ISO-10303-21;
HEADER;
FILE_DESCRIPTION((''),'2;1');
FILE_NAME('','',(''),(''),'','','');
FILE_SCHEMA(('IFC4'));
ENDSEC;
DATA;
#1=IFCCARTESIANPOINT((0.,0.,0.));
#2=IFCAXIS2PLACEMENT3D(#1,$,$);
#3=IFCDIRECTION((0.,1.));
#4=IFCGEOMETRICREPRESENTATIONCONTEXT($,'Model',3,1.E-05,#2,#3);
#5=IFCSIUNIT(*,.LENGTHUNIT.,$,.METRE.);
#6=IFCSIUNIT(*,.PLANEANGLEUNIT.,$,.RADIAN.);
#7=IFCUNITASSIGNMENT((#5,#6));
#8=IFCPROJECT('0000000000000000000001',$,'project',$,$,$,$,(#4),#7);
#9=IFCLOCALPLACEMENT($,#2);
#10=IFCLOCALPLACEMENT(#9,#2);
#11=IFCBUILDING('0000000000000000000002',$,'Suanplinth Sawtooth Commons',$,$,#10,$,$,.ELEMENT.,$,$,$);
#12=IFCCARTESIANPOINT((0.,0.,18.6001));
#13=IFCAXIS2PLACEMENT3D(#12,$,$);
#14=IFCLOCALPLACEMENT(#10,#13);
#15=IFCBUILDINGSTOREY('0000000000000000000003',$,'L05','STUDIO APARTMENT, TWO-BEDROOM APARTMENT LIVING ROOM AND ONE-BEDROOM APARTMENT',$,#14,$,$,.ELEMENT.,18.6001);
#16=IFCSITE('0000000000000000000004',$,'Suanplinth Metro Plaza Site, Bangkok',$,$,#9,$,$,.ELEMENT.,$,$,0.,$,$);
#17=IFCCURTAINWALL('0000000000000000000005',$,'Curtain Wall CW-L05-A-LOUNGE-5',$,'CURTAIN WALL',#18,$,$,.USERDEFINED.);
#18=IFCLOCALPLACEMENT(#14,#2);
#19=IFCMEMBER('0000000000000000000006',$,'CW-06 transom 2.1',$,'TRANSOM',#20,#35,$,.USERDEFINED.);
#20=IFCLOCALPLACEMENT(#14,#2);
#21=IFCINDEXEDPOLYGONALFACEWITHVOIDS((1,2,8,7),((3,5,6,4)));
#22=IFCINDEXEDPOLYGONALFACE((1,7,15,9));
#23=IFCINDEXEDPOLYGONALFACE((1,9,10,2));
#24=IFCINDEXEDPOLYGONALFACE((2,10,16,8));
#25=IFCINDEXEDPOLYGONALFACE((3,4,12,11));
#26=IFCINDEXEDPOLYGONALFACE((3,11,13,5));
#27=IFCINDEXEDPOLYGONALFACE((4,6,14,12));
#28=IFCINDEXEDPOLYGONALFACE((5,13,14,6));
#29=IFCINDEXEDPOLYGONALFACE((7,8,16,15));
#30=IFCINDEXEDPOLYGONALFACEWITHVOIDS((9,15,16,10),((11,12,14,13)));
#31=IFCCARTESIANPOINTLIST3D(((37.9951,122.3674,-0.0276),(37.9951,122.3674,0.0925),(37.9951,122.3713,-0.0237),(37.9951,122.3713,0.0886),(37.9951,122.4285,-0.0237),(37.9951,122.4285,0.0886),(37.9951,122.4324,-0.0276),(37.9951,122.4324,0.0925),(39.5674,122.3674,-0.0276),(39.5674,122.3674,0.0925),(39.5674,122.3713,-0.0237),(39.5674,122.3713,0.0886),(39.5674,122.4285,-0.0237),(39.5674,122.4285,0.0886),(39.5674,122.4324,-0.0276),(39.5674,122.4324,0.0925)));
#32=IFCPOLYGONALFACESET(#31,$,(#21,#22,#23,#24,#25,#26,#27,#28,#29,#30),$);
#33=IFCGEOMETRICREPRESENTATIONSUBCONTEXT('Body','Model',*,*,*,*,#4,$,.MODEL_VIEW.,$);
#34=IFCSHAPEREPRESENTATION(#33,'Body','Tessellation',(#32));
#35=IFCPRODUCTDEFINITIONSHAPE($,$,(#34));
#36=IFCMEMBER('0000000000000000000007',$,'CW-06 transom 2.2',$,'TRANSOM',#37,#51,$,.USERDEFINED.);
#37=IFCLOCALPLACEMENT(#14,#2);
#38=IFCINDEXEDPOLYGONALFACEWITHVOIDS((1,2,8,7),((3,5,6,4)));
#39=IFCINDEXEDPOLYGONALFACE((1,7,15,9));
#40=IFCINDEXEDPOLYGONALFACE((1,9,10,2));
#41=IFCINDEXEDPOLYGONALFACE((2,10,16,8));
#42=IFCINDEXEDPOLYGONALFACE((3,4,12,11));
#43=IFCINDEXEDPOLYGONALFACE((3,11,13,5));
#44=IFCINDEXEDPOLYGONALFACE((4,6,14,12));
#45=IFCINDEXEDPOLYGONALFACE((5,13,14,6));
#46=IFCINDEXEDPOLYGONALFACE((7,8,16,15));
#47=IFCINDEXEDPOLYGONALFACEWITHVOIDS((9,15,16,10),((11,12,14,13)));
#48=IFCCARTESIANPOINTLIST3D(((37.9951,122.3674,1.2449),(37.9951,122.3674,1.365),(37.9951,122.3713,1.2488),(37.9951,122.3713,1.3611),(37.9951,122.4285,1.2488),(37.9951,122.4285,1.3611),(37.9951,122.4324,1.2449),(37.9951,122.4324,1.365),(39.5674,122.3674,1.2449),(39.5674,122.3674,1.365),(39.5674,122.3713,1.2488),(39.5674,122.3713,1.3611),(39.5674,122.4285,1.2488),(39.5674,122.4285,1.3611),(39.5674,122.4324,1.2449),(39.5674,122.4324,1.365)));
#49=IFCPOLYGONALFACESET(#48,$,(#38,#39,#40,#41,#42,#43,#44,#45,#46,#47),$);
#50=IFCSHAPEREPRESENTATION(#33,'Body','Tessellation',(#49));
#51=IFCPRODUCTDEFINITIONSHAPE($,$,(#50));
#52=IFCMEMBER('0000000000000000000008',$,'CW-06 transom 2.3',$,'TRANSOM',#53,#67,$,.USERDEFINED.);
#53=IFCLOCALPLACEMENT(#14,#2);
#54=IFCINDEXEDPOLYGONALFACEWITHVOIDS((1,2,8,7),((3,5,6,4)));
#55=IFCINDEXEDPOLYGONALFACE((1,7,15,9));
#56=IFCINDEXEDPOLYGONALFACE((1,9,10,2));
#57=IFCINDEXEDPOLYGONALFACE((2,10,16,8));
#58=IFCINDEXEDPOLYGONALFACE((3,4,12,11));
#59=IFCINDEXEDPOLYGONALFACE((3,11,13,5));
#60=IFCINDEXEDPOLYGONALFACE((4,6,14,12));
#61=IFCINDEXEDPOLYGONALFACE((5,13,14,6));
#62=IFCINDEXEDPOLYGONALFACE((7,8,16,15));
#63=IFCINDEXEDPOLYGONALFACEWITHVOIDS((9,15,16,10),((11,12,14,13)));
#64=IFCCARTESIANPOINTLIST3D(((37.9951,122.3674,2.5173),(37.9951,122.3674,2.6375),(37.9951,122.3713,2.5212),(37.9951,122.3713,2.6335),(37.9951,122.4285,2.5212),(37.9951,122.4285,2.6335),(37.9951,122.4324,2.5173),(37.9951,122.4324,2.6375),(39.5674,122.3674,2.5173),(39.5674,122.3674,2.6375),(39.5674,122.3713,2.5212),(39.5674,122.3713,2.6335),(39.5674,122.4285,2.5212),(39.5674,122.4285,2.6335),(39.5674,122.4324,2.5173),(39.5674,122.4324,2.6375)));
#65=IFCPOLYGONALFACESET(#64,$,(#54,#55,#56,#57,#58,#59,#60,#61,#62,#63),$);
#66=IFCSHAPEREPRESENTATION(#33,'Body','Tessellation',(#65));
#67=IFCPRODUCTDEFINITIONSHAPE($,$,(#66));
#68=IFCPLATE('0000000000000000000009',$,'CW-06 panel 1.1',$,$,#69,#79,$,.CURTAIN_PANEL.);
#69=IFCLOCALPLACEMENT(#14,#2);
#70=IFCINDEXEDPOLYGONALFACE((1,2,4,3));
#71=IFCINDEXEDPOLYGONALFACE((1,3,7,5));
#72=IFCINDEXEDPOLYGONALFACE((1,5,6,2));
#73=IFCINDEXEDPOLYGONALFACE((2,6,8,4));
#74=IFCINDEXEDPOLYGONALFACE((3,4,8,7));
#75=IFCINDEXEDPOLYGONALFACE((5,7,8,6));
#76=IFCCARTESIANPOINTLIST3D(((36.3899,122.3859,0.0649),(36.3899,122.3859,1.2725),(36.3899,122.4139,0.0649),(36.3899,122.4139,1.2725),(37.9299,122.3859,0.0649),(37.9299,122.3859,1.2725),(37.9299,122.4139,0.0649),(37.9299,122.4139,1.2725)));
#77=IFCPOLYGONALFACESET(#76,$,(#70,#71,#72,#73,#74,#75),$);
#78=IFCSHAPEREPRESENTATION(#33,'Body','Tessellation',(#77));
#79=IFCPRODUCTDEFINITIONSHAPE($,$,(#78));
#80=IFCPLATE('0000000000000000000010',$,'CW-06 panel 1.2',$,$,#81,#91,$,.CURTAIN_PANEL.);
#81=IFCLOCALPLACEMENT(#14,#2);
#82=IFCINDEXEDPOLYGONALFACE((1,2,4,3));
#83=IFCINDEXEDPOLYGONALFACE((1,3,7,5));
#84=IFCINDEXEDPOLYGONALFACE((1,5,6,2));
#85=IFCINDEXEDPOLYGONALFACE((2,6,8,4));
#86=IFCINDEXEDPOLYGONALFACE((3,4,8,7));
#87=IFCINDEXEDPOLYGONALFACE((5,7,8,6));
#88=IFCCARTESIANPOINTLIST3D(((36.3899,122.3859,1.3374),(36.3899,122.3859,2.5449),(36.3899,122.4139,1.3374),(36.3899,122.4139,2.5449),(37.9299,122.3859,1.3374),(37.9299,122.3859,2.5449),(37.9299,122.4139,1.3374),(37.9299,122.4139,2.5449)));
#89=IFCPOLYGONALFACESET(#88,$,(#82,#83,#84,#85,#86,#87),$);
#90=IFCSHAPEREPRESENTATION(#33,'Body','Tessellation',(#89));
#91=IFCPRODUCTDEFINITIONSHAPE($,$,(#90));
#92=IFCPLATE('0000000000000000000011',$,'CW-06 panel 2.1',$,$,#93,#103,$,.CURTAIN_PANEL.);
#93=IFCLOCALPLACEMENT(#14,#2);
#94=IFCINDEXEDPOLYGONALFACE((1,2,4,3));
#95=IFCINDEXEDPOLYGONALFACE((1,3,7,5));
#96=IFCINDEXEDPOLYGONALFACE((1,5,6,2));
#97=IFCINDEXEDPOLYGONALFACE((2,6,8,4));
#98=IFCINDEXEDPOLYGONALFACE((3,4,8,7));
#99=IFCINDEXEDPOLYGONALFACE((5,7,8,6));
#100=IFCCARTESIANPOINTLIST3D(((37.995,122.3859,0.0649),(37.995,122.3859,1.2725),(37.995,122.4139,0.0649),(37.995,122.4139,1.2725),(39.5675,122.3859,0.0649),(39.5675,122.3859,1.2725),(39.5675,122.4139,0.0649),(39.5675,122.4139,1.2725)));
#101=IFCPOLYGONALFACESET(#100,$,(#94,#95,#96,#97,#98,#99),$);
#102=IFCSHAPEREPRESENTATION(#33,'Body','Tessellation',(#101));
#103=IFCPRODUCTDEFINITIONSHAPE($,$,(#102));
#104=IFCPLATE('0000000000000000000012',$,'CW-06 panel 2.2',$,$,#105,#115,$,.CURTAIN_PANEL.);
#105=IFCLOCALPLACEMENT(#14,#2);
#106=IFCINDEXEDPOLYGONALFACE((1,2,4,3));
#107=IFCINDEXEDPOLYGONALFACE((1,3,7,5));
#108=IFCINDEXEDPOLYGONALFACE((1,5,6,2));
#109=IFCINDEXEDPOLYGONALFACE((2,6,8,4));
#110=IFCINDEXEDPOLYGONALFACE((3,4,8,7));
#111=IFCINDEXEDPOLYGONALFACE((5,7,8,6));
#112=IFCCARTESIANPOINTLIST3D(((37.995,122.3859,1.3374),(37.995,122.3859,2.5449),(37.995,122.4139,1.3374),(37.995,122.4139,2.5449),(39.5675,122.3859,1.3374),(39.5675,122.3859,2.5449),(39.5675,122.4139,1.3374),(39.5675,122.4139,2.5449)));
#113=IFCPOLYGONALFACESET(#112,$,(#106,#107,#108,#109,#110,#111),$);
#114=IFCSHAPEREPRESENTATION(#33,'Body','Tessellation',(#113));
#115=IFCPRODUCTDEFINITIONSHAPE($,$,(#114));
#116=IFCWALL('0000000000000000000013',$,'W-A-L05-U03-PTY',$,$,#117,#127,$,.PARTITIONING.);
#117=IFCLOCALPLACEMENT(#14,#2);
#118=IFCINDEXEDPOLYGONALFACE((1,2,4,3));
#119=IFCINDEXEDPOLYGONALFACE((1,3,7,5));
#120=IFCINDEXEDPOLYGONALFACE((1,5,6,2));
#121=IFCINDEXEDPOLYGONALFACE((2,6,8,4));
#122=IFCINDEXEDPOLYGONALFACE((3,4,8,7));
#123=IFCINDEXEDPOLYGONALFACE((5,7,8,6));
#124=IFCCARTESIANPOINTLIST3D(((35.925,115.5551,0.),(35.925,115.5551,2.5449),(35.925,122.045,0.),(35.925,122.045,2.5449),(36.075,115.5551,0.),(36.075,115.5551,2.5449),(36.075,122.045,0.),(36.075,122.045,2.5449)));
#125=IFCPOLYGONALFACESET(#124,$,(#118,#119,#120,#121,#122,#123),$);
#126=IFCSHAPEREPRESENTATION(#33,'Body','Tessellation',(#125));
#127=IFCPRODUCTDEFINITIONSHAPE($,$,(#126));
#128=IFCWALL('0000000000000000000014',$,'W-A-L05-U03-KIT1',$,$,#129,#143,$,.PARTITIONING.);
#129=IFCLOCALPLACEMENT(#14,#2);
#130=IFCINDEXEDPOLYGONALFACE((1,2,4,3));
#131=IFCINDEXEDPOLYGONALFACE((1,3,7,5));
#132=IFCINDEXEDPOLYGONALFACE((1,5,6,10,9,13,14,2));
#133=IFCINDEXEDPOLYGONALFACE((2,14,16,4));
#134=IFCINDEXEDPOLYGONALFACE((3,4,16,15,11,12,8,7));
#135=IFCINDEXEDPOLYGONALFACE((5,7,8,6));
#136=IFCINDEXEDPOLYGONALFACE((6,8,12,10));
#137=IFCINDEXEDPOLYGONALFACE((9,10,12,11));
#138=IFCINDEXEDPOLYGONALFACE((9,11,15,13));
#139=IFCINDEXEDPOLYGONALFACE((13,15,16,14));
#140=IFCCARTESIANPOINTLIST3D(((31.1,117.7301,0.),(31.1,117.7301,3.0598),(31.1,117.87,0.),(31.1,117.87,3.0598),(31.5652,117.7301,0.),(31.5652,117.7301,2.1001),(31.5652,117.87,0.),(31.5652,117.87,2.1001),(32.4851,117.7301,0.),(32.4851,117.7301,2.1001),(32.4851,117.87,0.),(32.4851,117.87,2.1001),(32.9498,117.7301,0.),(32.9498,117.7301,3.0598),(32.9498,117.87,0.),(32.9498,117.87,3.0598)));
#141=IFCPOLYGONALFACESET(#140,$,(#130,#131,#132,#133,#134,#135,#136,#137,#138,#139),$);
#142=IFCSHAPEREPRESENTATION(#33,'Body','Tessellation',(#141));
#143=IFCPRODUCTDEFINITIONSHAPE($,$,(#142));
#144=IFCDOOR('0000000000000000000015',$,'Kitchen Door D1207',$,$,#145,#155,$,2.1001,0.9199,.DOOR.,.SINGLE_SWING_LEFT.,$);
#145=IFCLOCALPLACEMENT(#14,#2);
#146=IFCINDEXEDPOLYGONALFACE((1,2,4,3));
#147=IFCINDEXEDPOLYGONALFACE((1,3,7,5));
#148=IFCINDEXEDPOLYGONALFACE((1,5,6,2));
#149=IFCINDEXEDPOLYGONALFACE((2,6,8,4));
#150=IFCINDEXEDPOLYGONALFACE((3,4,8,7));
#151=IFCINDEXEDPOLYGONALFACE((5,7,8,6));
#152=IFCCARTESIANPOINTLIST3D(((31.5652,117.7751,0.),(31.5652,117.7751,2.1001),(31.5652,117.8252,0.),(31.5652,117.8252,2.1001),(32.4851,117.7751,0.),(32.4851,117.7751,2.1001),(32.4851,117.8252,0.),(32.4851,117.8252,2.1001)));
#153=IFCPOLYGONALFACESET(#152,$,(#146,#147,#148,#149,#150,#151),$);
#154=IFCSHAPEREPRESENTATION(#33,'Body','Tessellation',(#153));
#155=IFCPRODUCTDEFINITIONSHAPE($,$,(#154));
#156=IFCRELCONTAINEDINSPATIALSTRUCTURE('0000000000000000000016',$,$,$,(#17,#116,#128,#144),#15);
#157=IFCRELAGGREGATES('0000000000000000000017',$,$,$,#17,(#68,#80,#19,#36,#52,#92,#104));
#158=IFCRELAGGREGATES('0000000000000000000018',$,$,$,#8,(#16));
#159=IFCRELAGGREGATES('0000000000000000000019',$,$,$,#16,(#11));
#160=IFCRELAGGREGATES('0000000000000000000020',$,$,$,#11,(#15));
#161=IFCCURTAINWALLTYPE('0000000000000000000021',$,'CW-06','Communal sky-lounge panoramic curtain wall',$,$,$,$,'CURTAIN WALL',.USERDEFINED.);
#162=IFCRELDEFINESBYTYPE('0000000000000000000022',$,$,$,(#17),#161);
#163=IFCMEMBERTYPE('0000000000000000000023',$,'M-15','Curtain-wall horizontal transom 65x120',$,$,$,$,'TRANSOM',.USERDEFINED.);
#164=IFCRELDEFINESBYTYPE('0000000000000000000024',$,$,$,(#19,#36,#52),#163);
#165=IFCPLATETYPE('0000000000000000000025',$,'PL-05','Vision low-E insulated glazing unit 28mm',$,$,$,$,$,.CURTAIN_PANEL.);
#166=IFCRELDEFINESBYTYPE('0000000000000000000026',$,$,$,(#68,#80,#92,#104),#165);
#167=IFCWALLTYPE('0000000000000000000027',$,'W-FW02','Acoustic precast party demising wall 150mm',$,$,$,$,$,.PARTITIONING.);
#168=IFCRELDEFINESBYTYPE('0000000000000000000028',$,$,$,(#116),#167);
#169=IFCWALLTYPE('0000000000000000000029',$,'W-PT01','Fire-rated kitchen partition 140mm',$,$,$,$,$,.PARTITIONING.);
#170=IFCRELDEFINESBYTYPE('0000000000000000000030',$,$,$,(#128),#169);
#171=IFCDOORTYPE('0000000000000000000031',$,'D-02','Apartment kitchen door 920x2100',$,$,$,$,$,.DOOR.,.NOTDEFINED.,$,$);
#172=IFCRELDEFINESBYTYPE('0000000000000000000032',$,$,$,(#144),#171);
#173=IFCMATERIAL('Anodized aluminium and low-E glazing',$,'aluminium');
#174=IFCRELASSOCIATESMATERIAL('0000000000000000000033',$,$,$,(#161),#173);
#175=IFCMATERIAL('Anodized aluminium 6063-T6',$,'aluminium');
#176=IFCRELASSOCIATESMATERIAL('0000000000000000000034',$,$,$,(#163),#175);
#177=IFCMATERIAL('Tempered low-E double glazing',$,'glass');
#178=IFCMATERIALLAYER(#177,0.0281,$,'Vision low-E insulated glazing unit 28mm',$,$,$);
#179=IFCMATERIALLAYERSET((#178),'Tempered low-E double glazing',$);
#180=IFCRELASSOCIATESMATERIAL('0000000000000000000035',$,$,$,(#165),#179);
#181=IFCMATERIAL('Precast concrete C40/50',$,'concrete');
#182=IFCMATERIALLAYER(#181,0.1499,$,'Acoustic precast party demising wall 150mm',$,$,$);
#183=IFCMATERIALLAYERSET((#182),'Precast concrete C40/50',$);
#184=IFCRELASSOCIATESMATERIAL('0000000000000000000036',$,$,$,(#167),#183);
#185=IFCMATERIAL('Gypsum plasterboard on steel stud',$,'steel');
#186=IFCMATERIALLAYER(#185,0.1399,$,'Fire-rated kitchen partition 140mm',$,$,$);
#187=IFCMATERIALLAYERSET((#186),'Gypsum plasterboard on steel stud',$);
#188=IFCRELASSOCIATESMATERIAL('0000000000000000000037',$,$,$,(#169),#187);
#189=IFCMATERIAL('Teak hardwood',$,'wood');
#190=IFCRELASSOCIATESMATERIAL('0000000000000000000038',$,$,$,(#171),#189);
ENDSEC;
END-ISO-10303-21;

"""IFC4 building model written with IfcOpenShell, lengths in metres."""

from ifc_helpers import new_model, si_unit, direction, frame, frame_2d, origin, origin_2d, place, context, subcontext, project, spatial, rectangle, hollow_rectangle, extrude, material, layer, layer_set, material_profile, profile_set, type_object, element, fill, aggregate, save


model = new_model("IFC4")

# Units and contexts
model_context = context("Model", 3, precision=1e-05, world=origin(), true_north=direction((0.0, 1.0)))
body_context = subcontext(model_context, "Body", "Model", "MODEL_VIEW")
ifc_project = project(units=[si_unit("LENGTHUNIT", "METRE"), si_unit("PLANEANGLEUNIT", "RADIAN")], contexts=[model_context])

# Site, building, storey
site_placement = place(None, origin())
site = spatial("IfcSite", under=ifc_project, at=site_placement, Name="Suanplinth Metro Plaza Site, Bangkok", CompositionType="ELEMENT", RefElevation=0.0)
building_placement = place(site_placement, origin())
building = spatial("IfcBuilding", under=site, at=building_placement, Name="Suanplinth Sawtooth Commons", CompositionType="ELEMENT")
storey_placement = place(building_placement, frame((0.0, 0.0, 18.6001)))
storey = spatial("IfcBuildingStorey", under=building, at=storey_placement, Name="L05", Description="STUDIO APARTMENT, TWO-BEDROOM APARTMENT LIVING ROOM AND ONE-BEDROOM APARTMENT", CompositionType="ELEMENT", Elevation=18.6001)

# Shared definitions
ifc_material_1 = material(Name="Precast concrete C40/50", Category="concrete")

# Curtain wall, members, plates
ifc_material_2 = material(Name="Anodized aluminium and low-E glazing", Category="aluminium")
curtain_wall_type = type_object("IfcCurtainWallType", Name="CW-06", Description="Communal sky-lounge panoramic curtain wall", ElementType="CURTAIN WALL", PredefinedType="USERDEFINED", material=ifc_material_2)
curtain_wall_placement = place(storey_placement, origin())
curtain_wall = element("IfcCurtainWall", 1, at=curtain_wall_placement, inside=storey, type_object=curtain_wall_type, Name="Curtain Wall CW-L05-A-LOUNGE-5", ObjectType="CURTAIN WALL", PredefinedType="USERDEFINED")
ifc_material_3 = material(Name="Anodized aluminium 6063-T6", Category="aluminium")
ifc_material_profile_1 = material_profile(ifc_material_3, hollow_rectangle(XDim=0.0649, YDim=0.1201, WallThickness=0.0039, at=origin_2d()), Name="ALU-TRN 65x120")
ifc_profile_set_1 = profile_set([ifc_material_profile_1], Name="Anodized aluminium 6063-T6")
member_type_1 = type_object("IfcMemberType", Name="M-15", Description="Curtain-wall horizontal transom 65x120", ElementType="TRANSOM", PredefinedType="USERDEFINED", material=ifc_profile_set_1)
member_1_placement = place(storey_placement, frame((37.9951, 122.3999, 0.0325), z_axis=(1.0, 0.0, 0.0), x_axis=(0.0, 1.0, 0.0)))
member_1 = element("IfcMember", 2, at=member_1_placement, type_object=member_type_1, Name="CW-06 transom 2.1", ObjectType="TRANSOM", PredefinedType="USERDEFINED", context=body_context, shape_type="SweptSolid", body=[
    extrude(hollow_rectangle(XDim=0.0649, YDim=0.1201, WallThickness=0.0039, at=origin_2d()), origin(), (0.0, 0.0, 1.0), 1.5723),
])
member_2_placement = place(storey_placement, frame((37.9951, 122.3999, 1.3049), z_axis=(1.0, 0.0, 0.0), x_axis=(0.0, 1.0, 0.0)))
member_2 = element("IfcMember", 3, at=member_2_placement, type_object=member_type_1, Name="CW-06 transom 2.2", ObjectType="TRANSOM", PredefinedType="USERDEFINED", context=body_context, shape_type="SweptSolid", body=[
    extrude(hollow_rectangle(XDim=0.0649, YDim=0.1201, WallThickness=0.0039, at=origin_2d()), origin(), (0.0, 0.0, 1.0), 1.5723),
])
member_3_placement = place(storey_placement, frame((37.9951, 122.3999, 2.5774), z_axis=(1.0, 0.0, 0.0), x_axis=(0.0, 1.0, 0.0)))
member_3 = element("IfcMember", 4, at=member_3_placement, type_object=member_type_1, Name="CW-06 transom 2.3", ObjectType="TRANSOM", PredefinedType="USERDEFINED", context=body_context, shape_type="SweptSolid", body=[
    extrude(hollow_rectangle(XDim=0.0649, YDim=0.1201, WallThickness=0.0039, at=origin_2d()), origin(), (0.0, 0.0, 1.0), 1.5723),
])
ifc_material_4 = material(Name="Tempered low-E double glazing", Category="glass")
ifc_layer_1 = layer(ifc_material_4, 0.0281, Name="Vision low-E insulated glazing unit 28mm")
ifc_layer_set_1 = layer_set([ifc_layer_1], Name="Tempered low-E double glazing")
plate_type = type_object("IfcPlateType", Name="PL-05", Description="Vision low-E insulated glazing unit 28mm", PredefinedType="CURTAIN_PANEL", material=ifc_layer_set_1)
plate_1_placement = place(storey_placement, frame((37.1599, 122.3999, 0.0649), z_axis=(0.0, 0.0, 1.0), x_axis=(1.0, 0.0, 0.0)))
plate_1 = element("IfcPlate", 5, at=plate_1_placement, type_object=plate_type, Name="CW-06 panel 1.1", PredefinedType="CURTAIN_PANEL", context=body_context, shape_type="SweptSolid", body=[
    extrude(rectangle(XDim=1.54, YDim=0.0281, at=origin_2d()), origin(), (0.0, 0.0, 1.0), 1.2075),
])
plate_2_placement = place(storey_placement, frame((37.1599, 122.3999, 1.3374), z_axis=(0.0, 0.0, 1.0), x_axis=(1.0, 0.0, 0.0)))
plate_2 = element("IfcPlate", 6, at=plate_2_placement, type_object=plate_type, Name="CW-06 panel 1.2", PredefinedType="CURTAIN_PANEL", context=body_context, shape_type="SweptSolid", body=[
    extrude(rectangle(XDim=1.54, YDim=0.0281, at=origin_2d()), origin(), (0.0, 0.0, 1.0), 1.2075),
])
plate_3_placement = place(storey_placement, frame((38.7812, 122.3999, 0.0649), z_axis=(0.0, 0.0, 1.0), x_axis=(1.0, 0.0, 0.0)))
plate_3 = element("IfcPlate", 7, at=plate_3_placement, type_object=plate_type, Name="CW-06 panel 2.1", PredefinedType="CURTAIN_PANEL", context=body_context, shape_type="SweptSolid", body=[
    extrude(rectangle(XDim=1.5725, YDim=0.0281, at=origin_2d()), origin(), (0.0, 0.0, 1.0), 1.2075),
])
plate_4_placement = place(storey_placement, frame((38.7812, 122.3999, 1.3374), z_axis=(0.0, 0.0, 1.0), x_axis=(1.0, 0.0, 0.0)))
plate_4 = element("IfcPlate", 8, at=plate_4_placement, type_object=plate_type, Name="CW-06 panel 2.2", PredefinedType="CURTAIN_PANEL", context=body_context, shape_type="SweptSolid", body=[
    extrude(rectangle(XDim=1.5725, YDim=0.0281, at=origin_2d()), origin(), (0.0, 0.0, 1.0), 1.2075),
])
aggregate(curtain_wall, [plate_1, plate_2, member_1, member_2, member_3, plate_3, plate_4])

# Wall
ifc_layer_2 = layer(ifc_material_1, 0.1499, Name="Acoustic precast party demising wall 150mm")
ifc_layer_set_2 = layer_set([ifc_layer_2], Name="Precast concrete C40/50")
wall_type_1 = type_object("IfcWallType", Name="W-FW02", Description="Acoustic precast party demising wall 150mm", PredefinedType="PARTITIONING", material=ifc_layer_set_2)
wall_1_placement = place(storey_placement, frame((36.0, 115.5549, 0.0), z_axis=(0.0, 0.0, 1.0), x_axis=(0.0, 1.0, 0.0)))
element("IfcWall", 9, at=wall_1_placement, inside=storey, type_object=wall_type_1, Name="W-A-L05-U03-PTY", PredefinedType="PARTITIONING", context=body_context, shape_type="SweptSolid", body=[
    extrude(rectangle(XDim=6.49, YDim=0.1499, at=frame_2d((3.2451, 0.0))), origin(), (0.0, 0.0, 1.0), 2.5449),
])

# Wall, opening, door
ifc_material_5 = material(Name="Gypsum plasterboard on steel stud", Category="steel")
ifc_layer_3 = layer(ifc_material_5, 0.1399, Name="Fire-rated kitchen partition 140mm")
ifc_layer_set_3 = layer_set([ifc_layer_3], Name="Gypsum plasterboard on steel stud")
wall_type_2 = type_object("IfcWallType", Name="W-PT01", Description="Fire-rated kitchen partition 140mm", PredefinedType="PARTITIONING", material=ifc_layer_set_3)
wall_2_placement = place(storey_placement, frame((31.1001, 117.8, 0.0), z_axis=(0.0, 0.0, 1.0), x_axis=(1.0, 0.0, 0.0)))
wall_2 = element("IfcWall", 10, at=wall_2_placement, inside=storey, type_object=wall_type_2, Name="W-A-L05-U03-KIT1", PredefinedType="PARTITIONING", context=body_context, shape_type="SweptSolid", body=[
    extrude(rectangle(XDim=1.8499, YDim=0.1399, at=frame_2d((0.9248, 0.0))), origin(), (0.0, 0.0, 1.0), 3.0598),
])
opening_1_placement = place(wall_2_placement, frame((0.4651, 0.0, 0.0)))
opening_1 = element("IfcOpeningElement", 11, at=opening_1_placement, cuts=wall_2, PredefinedType="OPENING", context=body_context, shape_type="SweptSolid", body=[
    extrude(rectangle(XDim=0.9199, YDim=2.1001, at=frame_2d((0.46, 1.05))), frame((0.0, 0.085, 0.0), z_axis=(0.0, -1.0, 0.0), x_axis=(1.0, 0.0, 0.0)), (0.0, 0.0, 1.0), 0.1697),
])
ifc_material_6 = material(Name="Teak hardwood", Category="wood")
door_type_1 = type_object("IfcDoorType", Name="D-02", Description="Apartment kitchen door 920x2100", OperationType="NOTDEFINED", PredefinedType="DOOR", material=ifc_material_6)
door_1_placement = place(opening_1_placement, frame((0.9199, 0.0, 0.0), z_axis=(0.0, 0.0, 1.0), x_axis=(-1.0, 0.0, 0.0)))
door_1 = element("IfcDoor", 12, at=door_1_placement, inside=storey, type_object=door_type_1, Name="Kitchen Door D1207", OperationType="SINGLE_SWING_LEFT", OverallHeight=2.1001, OverallWidth=0.9199, PredefinedType="DOOR", context=body_context, shape_type="SweptSolid", body=[
    extrude(rectangle(XDim=0.9199, YDim=2.1001, at=frame_2d((0.46, 1.05))), frame((0.0, 0.0249, 0.0), z_axis=(0.0, -1.0, 0.0), x_axis=(1.0, 0.0, 0.0)), (0.0, 0.0, 1.0), 0.05),
])
fill(opening_1, door_1)

save(model, "model.ifc")
